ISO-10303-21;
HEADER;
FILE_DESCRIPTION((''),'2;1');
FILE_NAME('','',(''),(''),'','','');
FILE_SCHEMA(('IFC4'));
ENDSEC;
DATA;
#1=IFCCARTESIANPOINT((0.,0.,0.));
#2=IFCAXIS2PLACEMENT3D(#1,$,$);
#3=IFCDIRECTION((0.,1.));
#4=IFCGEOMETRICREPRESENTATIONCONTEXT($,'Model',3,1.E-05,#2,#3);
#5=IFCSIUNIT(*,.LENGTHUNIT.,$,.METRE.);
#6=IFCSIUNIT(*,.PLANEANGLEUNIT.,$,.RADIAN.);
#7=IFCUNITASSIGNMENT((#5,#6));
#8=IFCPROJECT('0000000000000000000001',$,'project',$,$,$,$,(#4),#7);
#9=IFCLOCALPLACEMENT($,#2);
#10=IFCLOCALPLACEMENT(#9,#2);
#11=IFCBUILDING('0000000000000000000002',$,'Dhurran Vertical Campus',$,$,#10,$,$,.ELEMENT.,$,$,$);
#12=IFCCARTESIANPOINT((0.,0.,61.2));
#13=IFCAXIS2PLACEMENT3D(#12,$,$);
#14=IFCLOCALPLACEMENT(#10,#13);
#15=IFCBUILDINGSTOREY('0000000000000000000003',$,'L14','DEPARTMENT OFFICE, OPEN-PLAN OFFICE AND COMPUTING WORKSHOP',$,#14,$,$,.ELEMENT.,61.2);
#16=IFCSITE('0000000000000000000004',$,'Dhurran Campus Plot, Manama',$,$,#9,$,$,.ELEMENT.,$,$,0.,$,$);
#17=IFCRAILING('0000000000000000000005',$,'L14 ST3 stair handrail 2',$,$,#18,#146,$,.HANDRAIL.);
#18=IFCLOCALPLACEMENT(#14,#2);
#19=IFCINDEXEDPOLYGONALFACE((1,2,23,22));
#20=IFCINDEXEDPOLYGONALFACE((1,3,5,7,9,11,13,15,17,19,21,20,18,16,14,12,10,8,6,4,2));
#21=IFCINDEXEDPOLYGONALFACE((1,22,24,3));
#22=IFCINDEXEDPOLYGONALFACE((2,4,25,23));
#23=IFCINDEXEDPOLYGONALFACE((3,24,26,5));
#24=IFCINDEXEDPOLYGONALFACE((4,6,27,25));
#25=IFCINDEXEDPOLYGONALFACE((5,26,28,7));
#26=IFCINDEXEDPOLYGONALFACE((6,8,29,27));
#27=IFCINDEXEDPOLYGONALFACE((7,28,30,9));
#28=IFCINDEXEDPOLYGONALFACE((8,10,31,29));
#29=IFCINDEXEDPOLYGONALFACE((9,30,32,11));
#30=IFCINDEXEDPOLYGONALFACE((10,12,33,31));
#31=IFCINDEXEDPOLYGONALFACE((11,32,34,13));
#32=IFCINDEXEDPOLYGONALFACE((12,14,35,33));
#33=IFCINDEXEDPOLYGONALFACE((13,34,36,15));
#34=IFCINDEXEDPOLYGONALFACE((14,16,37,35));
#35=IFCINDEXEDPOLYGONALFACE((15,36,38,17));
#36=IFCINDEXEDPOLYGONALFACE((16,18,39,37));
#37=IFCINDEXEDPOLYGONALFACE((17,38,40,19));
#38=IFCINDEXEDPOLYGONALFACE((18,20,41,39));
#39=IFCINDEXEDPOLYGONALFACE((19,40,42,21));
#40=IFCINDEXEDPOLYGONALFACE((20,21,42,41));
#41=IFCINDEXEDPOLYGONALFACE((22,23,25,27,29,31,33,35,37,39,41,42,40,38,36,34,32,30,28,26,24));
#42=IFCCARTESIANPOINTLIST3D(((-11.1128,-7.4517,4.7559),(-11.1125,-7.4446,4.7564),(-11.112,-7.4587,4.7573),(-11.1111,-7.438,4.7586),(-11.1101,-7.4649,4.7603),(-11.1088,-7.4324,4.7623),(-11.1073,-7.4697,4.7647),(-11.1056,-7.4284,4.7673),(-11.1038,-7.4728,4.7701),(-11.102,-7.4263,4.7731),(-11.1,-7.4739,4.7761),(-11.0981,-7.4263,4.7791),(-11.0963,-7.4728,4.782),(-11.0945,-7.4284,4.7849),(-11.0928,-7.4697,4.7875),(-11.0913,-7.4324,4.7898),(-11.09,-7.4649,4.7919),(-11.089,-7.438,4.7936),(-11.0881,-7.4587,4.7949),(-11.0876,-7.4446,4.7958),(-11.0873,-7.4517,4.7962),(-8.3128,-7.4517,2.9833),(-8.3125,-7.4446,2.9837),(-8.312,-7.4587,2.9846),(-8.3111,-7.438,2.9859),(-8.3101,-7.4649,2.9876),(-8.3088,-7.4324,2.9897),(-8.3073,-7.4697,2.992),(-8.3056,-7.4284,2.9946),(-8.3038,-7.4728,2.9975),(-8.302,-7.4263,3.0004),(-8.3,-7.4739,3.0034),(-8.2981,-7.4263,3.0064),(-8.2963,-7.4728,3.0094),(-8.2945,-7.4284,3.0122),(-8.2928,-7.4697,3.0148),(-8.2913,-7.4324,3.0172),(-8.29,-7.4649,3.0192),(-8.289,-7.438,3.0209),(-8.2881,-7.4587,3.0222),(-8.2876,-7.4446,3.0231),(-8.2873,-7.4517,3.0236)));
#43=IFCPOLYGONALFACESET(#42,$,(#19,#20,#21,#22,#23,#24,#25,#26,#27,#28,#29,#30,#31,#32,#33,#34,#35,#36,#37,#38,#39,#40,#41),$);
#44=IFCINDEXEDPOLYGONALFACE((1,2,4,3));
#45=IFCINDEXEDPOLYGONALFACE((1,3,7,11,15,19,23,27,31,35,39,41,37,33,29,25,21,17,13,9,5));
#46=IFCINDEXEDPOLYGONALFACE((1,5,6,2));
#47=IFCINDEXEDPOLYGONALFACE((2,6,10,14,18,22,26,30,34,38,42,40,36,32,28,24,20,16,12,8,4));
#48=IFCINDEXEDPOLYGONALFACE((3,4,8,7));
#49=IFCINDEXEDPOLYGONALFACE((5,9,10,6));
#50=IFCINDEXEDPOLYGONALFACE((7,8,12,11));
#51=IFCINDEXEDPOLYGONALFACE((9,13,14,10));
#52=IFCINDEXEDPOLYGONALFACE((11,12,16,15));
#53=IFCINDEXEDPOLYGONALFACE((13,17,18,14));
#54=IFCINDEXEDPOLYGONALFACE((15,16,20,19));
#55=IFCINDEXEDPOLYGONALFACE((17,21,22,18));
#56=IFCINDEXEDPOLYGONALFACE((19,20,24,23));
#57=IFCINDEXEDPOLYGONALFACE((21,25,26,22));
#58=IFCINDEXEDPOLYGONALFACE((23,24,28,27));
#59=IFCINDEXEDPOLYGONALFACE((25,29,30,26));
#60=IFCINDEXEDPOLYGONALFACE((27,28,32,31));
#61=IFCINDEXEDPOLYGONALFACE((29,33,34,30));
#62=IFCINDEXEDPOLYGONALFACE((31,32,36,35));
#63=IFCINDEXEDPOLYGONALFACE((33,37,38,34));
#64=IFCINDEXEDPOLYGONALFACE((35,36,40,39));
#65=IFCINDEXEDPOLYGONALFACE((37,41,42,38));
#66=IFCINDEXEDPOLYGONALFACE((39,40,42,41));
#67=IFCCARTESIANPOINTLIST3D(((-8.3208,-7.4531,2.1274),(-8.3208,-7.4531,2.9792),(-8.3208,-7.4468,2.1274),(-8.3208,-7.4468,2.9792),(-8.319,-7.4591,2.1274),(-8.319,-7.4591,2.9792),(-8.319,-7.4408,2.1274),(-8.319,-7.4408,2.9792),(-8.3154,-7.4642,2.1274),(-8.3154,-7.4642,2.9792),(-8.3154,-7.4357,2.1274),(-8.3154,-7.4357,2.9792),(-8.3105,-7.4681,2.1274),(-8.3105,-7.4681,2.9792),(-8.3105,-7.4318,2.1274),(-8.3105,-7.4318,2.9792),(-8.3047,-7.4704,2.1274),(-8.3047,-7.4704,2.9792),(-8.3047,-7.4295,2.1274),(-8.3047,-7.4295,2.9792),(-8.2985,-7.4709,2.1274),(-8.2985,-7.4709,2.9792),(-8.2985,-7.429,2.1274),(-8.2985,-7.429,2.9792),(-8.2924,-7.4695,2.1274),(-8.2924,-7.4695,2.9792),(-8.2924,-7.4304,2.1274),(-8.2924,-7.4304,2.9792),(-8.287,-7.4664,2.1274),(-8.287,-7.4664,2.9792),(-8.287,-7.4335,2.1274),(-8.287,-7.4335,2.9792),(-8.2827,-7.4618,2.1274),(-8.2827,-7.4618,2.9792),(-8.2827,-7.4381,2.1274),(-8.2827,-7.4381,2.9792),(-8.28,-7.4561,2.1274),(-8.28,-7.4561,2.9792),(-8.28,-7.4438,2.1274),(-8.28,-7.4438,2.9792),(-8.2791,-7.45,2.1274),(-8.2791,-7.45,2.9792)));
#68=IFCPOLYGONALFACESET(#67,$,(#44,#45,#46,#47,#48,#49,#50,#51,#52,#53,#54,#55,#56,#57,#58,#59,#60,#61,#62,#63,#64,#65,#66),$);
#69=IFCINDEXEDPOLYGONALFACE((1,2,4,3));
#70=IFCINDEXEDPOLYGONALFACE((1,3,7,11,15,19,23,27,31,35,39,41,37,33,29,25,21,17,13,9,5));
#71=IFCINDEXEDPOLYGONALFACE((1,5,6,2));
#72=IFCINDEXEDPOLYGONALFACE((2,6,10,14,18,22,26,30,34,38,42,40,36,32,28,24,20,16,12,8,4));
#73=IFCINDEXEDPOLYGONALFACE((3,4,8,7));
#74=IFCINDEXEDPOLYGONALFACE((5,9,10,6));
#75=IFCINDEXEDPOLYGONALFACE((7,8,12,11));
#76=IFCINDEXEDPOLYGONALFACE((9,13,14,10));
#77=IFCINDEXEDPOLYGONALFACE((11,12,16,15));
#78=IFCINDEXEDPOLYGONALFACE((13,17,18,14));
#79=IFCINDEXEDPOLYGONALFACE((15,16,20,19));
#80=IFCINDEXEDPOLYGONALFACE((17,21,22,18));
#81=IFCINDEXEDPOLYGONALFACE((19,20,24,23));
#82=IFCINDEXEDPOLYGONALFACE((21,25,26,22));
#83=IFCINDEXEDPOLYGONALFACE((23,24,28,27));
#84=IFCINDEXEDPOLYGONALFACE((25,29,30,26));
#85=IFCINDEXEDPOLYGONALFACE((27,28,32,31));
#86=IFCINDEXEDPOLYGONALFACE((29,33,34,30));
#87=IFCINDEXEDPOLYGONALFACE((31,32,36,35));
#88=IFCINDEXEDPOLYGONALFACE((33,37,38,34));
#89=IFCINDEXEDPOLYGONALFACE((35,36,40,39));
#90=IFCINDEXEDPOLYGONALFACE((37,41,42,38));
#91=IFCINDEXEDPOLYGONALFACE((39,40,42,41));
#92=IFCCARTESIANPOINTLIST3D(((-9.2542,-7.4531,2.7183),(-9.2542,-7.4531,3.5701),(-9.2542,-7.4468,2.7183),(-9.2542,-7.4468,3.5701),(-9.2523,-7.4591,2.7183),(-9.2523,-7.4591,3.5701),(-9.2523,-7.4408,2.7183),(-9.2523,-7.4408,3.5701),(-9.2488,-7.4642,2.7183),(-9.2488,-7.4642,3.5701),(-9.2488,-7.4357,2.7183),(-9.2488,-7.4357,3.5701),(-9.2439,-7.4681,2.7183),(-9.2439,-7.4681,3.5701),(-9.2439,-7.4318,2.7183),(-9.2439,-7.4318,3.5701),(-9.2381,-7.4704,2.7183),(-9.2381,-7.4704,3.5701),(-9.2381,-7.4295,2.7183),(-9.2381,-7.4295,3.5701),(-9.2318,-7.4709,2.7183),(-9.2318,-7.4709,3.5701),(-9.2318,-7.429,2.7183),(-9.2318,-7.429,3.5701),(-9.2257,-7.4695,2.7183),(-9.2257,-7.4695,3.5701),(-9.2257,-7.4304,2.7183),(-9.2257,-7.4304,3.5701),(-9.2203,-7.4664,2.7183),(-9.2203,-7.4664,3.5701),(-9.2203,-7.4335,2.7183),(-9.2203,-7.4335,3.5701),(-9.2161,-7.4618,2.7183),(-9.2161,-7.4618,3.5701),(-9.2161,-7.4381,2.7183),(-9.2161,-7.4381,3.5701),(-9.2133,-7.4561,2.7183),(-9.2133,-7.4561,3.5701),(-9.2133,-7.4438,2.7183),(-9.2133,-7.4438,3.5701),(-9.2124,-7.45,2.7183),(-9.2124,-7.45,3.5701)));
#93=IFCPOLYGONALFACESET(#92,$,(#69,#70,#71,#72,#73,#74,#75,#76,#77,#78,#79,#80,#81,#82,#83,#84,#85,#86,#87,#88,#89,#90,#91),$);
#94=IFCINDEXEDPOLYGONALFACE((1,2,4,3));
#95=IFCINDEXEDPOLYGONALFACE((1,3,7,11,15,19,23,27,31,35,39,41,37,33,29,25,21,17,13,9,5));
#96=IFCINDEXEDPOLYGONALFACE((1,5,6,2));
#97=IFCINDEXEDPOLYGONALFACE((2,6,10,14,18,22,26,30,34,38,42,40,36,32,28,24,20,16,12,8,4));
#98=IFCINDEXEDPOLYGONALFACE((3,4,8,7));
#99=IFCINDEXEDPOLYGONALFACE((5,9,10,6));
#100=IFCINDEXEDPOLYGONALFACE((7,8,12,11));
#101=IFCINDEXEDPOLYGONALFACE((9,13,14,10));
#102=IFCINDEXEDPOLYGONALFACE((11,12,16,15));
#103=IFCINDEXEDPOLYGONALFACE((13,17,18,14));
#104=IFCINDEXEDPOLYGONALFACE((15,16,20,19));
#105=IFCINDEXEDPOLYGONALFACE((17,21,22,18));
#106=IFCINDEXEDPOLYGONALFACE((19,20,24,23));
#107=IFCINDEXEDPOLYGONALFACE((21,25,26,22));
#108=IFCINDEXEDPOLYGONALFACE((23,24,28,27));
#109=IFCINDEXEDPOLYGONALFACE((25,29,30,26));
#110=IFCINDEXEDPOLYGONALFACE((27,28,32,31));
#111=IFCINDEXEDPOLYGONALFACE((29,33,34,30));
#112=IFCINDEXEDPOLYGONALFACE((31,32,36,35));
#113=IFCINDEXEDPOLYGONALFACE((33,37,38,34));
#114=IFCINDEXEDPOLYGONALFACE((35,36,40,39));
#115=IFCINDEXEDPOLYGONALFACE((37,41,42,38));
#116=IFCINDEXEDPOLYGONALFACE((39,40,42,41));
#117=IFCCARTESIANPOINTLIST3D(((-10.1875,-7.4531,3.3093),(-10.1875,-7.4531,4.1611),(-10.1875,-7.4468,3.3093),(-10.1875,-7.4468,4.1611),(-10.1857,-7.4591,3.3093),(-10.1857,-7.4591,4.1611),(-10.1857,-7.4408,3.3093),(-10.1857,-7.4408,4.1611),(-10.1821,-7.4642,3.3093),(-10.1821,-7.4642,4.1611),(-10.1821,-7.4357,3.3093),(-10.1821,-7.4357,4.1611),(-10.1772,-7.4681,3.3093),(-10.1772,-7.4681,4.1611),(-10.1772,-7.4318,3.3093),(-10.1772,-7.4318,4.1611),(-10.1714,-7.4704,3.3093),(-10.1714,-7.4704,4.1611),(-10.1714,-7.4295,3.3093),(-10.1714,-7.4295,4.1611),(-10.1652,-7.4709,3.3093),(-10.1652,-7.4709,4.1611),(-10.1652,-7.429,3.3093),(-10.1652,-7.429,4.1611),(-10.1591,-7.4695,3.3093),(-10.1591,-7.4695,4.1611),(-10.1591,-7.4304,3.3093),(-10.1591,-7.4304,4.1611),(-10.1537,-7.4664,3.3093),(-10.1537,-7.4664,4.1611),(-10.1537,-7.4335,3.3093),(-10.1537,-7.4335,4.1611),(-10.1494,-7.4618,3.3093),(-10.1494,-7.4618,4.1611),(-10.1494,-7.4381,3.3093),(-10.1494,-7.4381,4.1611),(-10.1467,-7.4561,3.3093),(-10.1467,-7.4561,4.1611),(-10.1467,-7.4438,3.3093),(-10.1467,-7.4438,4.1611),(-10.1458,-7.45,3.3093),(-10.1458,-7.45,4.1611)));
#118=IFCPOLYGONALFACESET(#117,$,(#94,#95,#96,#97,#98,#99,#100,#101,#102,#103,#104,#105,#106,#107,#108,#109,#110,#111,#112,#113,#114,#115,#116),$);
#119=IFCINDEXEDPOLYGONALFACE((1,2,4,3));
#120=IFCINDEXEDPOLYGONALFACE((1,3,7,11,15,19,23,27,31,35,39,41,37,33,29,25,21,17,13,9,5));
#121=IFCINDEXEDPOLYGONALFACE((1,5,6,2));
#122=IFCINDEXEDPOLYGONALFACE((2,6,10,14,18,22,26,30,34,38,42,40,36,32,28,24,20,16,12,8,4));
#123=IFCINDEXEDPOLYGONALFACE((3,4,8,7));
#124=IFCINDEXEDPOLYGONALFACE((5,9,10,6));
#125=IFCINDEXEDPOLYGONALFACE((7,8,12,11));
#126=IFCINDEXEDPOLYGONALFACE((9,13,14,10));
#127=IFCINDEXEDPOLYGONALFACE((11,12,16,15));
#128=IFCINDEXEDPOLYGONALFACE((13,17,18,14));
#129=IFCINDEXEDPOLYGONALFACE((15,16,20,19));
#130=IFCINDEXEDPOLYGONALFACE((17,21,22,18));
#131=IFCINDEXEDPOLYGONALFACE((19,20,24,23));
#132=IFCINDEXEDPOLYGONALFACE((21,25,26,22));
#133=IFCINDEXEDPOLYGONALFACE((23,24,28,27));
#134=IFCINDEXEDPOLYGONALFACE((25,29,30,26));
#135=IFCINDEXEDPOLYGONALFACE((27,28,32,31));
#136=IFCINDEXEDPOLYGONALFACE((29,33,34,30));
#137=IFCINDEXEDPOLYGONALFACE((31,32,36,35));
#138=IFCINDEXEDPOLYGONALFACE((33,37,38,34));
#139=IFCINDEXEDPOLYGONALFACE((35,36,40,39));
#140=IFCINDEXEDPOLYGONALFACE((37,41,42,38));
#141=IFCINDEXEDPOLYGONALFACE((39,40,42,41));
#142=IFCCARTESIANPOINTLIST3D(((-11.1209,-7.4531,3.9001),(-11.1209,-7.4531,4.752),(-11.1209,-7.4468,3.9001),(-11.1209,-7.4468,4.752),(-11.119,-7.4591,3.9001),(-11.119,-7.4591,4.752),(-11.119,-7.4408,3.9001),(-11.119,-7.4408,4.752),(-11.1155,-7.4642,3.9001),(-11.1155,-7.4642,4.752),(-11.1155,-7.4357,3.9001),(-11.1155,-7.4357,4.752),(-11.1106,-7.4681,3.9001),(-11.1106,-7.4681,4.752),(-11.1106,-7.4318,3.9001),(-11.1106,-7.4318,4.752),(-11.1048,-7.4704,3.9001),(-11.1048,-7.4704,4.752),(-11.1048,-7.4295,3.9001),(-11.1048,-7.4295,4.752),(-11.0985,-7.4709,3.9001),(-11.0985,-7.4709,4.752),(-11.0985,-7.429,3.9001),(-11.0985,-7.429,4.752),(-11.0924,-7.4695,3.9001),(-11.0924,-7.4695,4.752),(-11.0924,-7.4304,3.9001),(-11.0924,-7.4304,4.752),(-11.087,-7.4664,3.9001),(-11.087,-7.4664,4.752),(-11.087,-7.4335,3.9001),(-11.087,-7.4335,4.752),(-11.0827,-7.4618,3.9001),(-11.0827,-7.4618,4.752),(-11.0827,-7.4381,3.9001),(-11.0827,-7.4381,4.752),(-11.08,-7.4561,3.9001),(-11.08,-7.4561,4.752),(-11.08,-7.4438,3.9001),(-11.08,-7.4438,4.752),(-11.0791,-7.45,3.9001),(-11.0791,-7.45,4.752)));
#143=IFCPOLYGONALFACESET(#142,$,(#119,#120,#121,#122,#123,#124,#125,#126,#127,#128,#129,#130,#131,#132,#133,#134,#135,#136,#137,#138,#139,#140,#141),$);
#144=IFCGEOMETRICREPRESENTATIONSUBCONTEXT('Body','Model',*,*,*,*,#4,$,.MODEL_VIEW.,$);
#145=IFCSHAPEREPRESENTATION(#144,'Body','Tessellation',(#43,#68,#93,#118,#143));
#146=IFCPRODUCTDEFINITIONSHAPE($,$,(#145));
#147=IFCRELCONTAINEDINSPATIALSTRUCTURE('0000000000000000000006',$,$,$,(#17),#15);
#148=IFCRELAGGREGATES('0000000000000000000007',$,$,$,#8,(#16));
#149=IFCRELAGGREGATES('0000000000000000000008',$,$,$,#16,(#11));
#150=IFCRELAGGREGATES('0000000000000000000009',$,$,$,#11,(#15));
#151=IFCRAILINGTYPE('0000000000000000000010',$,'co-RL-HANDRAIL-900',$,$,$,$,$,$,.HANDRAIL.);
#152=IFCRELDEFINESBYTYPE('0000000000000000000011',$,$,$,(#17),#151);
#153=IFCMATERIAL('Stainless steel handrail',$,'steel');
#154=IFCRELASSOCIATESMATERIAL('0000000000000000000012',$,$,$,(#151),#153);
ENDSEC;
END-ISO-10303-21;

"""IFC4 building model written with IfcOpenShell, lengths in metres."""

from ifc_helpers import new_model, si_unit, direction, frame, origin, origin_2d, place, context, subcontext, project, spatial, circle, extrude, material, type_object, element, save


model = new_model("IFC4")

# Units and contexts
model_context = context("Model", 3, precision=1e-05, world=origin(), true_north=direction((0.0, 1.0)))
body_context = subcontext(model_context, "Body", "Model", "MODEL_VIEW")
ifc_project = project(units=[si_unit("LENGTHUNIT", "METRE"), si_unit("PLANEANGLEUNIT", "RADIAN")], contexts=[model_context])

# Site, building, storey
site_placement = place(None, origin())
site = spatial("IfcSite", under=ifc_project, at=site_placement, Name="Dhurran Campus Plot, Manama", CompositionType="ELEMENT", RefElevation=0.0)
building_placement = place(site_placement, origin())
building = spatial("IfcBuilding", under=site, at=building_placement, Name="Dhurran Vertical Campus", CompositionType="ELEMENT")
storey_placement = place(building_placement, frame((0.0, 0.0, 61.2)))
storey = spatial("IfcBuildingStorey", under=building, at=storey_placement, Name="L14", Description="DEPARTMENT OFFICE, OPEN-PLAN OFFICE AND COMPUTING WORKSHOP", CompositionType="ELEMENT", Elevation=61.2)

# Railing
ifc_material_1 = material(Name="Stainless steel handrail", Category="steel")
railing_type_1 = type_object("IfcRailingType", Name="co-RL-HANDRAIL-900", PredefinedType="HANDRAIL", material=ifc_material_1)
railing_1_placement = place(storey_placement, frame((-8.3, -7.45, 2.1274)))
element("IfcRailing", 1, at=railing_1_placement, inside=storey, type_object=railing_type_1, Name="L14 ST3 stair handrail 2", PredefinedType="HANDRAIL", context=body_context, shape_type="SweptSolid", body=[
    extrude(circle(Radius=0.0239, at=origin_2d()), frame((0.0, 0.0, 0.876), z_axis=(-0.844909, 0.0, 0.53491), x_axis=(0.0, -1.0, 0.0)), (0.0, 0.0, 1.0), 3.314),
    extrude(circle(Radius=0.021, at=origin_2d()), origin(), (0.0, 0.0, 1.0), 0.8518),
    extrude(circle(Radius=0.021, at=origin_2d()), frame((-0.9333, 0.0, 0.5908)), (0.0, 0.0, 1.0), 0.8518),
    extrude(circle(Radius=0.021, at=origin_2d()), frame((-1.8667, 0.0, 1.1819)), (0.0, 0.0, 1.0), 0.8518),
    extrude(circle(Radius=0.021, at=origin_2d()), frame((-2.8, 0.0, 1.7727)), (0.0, 0.0, 1.0), 0.8518),
])

save(model, "model.ifc")
